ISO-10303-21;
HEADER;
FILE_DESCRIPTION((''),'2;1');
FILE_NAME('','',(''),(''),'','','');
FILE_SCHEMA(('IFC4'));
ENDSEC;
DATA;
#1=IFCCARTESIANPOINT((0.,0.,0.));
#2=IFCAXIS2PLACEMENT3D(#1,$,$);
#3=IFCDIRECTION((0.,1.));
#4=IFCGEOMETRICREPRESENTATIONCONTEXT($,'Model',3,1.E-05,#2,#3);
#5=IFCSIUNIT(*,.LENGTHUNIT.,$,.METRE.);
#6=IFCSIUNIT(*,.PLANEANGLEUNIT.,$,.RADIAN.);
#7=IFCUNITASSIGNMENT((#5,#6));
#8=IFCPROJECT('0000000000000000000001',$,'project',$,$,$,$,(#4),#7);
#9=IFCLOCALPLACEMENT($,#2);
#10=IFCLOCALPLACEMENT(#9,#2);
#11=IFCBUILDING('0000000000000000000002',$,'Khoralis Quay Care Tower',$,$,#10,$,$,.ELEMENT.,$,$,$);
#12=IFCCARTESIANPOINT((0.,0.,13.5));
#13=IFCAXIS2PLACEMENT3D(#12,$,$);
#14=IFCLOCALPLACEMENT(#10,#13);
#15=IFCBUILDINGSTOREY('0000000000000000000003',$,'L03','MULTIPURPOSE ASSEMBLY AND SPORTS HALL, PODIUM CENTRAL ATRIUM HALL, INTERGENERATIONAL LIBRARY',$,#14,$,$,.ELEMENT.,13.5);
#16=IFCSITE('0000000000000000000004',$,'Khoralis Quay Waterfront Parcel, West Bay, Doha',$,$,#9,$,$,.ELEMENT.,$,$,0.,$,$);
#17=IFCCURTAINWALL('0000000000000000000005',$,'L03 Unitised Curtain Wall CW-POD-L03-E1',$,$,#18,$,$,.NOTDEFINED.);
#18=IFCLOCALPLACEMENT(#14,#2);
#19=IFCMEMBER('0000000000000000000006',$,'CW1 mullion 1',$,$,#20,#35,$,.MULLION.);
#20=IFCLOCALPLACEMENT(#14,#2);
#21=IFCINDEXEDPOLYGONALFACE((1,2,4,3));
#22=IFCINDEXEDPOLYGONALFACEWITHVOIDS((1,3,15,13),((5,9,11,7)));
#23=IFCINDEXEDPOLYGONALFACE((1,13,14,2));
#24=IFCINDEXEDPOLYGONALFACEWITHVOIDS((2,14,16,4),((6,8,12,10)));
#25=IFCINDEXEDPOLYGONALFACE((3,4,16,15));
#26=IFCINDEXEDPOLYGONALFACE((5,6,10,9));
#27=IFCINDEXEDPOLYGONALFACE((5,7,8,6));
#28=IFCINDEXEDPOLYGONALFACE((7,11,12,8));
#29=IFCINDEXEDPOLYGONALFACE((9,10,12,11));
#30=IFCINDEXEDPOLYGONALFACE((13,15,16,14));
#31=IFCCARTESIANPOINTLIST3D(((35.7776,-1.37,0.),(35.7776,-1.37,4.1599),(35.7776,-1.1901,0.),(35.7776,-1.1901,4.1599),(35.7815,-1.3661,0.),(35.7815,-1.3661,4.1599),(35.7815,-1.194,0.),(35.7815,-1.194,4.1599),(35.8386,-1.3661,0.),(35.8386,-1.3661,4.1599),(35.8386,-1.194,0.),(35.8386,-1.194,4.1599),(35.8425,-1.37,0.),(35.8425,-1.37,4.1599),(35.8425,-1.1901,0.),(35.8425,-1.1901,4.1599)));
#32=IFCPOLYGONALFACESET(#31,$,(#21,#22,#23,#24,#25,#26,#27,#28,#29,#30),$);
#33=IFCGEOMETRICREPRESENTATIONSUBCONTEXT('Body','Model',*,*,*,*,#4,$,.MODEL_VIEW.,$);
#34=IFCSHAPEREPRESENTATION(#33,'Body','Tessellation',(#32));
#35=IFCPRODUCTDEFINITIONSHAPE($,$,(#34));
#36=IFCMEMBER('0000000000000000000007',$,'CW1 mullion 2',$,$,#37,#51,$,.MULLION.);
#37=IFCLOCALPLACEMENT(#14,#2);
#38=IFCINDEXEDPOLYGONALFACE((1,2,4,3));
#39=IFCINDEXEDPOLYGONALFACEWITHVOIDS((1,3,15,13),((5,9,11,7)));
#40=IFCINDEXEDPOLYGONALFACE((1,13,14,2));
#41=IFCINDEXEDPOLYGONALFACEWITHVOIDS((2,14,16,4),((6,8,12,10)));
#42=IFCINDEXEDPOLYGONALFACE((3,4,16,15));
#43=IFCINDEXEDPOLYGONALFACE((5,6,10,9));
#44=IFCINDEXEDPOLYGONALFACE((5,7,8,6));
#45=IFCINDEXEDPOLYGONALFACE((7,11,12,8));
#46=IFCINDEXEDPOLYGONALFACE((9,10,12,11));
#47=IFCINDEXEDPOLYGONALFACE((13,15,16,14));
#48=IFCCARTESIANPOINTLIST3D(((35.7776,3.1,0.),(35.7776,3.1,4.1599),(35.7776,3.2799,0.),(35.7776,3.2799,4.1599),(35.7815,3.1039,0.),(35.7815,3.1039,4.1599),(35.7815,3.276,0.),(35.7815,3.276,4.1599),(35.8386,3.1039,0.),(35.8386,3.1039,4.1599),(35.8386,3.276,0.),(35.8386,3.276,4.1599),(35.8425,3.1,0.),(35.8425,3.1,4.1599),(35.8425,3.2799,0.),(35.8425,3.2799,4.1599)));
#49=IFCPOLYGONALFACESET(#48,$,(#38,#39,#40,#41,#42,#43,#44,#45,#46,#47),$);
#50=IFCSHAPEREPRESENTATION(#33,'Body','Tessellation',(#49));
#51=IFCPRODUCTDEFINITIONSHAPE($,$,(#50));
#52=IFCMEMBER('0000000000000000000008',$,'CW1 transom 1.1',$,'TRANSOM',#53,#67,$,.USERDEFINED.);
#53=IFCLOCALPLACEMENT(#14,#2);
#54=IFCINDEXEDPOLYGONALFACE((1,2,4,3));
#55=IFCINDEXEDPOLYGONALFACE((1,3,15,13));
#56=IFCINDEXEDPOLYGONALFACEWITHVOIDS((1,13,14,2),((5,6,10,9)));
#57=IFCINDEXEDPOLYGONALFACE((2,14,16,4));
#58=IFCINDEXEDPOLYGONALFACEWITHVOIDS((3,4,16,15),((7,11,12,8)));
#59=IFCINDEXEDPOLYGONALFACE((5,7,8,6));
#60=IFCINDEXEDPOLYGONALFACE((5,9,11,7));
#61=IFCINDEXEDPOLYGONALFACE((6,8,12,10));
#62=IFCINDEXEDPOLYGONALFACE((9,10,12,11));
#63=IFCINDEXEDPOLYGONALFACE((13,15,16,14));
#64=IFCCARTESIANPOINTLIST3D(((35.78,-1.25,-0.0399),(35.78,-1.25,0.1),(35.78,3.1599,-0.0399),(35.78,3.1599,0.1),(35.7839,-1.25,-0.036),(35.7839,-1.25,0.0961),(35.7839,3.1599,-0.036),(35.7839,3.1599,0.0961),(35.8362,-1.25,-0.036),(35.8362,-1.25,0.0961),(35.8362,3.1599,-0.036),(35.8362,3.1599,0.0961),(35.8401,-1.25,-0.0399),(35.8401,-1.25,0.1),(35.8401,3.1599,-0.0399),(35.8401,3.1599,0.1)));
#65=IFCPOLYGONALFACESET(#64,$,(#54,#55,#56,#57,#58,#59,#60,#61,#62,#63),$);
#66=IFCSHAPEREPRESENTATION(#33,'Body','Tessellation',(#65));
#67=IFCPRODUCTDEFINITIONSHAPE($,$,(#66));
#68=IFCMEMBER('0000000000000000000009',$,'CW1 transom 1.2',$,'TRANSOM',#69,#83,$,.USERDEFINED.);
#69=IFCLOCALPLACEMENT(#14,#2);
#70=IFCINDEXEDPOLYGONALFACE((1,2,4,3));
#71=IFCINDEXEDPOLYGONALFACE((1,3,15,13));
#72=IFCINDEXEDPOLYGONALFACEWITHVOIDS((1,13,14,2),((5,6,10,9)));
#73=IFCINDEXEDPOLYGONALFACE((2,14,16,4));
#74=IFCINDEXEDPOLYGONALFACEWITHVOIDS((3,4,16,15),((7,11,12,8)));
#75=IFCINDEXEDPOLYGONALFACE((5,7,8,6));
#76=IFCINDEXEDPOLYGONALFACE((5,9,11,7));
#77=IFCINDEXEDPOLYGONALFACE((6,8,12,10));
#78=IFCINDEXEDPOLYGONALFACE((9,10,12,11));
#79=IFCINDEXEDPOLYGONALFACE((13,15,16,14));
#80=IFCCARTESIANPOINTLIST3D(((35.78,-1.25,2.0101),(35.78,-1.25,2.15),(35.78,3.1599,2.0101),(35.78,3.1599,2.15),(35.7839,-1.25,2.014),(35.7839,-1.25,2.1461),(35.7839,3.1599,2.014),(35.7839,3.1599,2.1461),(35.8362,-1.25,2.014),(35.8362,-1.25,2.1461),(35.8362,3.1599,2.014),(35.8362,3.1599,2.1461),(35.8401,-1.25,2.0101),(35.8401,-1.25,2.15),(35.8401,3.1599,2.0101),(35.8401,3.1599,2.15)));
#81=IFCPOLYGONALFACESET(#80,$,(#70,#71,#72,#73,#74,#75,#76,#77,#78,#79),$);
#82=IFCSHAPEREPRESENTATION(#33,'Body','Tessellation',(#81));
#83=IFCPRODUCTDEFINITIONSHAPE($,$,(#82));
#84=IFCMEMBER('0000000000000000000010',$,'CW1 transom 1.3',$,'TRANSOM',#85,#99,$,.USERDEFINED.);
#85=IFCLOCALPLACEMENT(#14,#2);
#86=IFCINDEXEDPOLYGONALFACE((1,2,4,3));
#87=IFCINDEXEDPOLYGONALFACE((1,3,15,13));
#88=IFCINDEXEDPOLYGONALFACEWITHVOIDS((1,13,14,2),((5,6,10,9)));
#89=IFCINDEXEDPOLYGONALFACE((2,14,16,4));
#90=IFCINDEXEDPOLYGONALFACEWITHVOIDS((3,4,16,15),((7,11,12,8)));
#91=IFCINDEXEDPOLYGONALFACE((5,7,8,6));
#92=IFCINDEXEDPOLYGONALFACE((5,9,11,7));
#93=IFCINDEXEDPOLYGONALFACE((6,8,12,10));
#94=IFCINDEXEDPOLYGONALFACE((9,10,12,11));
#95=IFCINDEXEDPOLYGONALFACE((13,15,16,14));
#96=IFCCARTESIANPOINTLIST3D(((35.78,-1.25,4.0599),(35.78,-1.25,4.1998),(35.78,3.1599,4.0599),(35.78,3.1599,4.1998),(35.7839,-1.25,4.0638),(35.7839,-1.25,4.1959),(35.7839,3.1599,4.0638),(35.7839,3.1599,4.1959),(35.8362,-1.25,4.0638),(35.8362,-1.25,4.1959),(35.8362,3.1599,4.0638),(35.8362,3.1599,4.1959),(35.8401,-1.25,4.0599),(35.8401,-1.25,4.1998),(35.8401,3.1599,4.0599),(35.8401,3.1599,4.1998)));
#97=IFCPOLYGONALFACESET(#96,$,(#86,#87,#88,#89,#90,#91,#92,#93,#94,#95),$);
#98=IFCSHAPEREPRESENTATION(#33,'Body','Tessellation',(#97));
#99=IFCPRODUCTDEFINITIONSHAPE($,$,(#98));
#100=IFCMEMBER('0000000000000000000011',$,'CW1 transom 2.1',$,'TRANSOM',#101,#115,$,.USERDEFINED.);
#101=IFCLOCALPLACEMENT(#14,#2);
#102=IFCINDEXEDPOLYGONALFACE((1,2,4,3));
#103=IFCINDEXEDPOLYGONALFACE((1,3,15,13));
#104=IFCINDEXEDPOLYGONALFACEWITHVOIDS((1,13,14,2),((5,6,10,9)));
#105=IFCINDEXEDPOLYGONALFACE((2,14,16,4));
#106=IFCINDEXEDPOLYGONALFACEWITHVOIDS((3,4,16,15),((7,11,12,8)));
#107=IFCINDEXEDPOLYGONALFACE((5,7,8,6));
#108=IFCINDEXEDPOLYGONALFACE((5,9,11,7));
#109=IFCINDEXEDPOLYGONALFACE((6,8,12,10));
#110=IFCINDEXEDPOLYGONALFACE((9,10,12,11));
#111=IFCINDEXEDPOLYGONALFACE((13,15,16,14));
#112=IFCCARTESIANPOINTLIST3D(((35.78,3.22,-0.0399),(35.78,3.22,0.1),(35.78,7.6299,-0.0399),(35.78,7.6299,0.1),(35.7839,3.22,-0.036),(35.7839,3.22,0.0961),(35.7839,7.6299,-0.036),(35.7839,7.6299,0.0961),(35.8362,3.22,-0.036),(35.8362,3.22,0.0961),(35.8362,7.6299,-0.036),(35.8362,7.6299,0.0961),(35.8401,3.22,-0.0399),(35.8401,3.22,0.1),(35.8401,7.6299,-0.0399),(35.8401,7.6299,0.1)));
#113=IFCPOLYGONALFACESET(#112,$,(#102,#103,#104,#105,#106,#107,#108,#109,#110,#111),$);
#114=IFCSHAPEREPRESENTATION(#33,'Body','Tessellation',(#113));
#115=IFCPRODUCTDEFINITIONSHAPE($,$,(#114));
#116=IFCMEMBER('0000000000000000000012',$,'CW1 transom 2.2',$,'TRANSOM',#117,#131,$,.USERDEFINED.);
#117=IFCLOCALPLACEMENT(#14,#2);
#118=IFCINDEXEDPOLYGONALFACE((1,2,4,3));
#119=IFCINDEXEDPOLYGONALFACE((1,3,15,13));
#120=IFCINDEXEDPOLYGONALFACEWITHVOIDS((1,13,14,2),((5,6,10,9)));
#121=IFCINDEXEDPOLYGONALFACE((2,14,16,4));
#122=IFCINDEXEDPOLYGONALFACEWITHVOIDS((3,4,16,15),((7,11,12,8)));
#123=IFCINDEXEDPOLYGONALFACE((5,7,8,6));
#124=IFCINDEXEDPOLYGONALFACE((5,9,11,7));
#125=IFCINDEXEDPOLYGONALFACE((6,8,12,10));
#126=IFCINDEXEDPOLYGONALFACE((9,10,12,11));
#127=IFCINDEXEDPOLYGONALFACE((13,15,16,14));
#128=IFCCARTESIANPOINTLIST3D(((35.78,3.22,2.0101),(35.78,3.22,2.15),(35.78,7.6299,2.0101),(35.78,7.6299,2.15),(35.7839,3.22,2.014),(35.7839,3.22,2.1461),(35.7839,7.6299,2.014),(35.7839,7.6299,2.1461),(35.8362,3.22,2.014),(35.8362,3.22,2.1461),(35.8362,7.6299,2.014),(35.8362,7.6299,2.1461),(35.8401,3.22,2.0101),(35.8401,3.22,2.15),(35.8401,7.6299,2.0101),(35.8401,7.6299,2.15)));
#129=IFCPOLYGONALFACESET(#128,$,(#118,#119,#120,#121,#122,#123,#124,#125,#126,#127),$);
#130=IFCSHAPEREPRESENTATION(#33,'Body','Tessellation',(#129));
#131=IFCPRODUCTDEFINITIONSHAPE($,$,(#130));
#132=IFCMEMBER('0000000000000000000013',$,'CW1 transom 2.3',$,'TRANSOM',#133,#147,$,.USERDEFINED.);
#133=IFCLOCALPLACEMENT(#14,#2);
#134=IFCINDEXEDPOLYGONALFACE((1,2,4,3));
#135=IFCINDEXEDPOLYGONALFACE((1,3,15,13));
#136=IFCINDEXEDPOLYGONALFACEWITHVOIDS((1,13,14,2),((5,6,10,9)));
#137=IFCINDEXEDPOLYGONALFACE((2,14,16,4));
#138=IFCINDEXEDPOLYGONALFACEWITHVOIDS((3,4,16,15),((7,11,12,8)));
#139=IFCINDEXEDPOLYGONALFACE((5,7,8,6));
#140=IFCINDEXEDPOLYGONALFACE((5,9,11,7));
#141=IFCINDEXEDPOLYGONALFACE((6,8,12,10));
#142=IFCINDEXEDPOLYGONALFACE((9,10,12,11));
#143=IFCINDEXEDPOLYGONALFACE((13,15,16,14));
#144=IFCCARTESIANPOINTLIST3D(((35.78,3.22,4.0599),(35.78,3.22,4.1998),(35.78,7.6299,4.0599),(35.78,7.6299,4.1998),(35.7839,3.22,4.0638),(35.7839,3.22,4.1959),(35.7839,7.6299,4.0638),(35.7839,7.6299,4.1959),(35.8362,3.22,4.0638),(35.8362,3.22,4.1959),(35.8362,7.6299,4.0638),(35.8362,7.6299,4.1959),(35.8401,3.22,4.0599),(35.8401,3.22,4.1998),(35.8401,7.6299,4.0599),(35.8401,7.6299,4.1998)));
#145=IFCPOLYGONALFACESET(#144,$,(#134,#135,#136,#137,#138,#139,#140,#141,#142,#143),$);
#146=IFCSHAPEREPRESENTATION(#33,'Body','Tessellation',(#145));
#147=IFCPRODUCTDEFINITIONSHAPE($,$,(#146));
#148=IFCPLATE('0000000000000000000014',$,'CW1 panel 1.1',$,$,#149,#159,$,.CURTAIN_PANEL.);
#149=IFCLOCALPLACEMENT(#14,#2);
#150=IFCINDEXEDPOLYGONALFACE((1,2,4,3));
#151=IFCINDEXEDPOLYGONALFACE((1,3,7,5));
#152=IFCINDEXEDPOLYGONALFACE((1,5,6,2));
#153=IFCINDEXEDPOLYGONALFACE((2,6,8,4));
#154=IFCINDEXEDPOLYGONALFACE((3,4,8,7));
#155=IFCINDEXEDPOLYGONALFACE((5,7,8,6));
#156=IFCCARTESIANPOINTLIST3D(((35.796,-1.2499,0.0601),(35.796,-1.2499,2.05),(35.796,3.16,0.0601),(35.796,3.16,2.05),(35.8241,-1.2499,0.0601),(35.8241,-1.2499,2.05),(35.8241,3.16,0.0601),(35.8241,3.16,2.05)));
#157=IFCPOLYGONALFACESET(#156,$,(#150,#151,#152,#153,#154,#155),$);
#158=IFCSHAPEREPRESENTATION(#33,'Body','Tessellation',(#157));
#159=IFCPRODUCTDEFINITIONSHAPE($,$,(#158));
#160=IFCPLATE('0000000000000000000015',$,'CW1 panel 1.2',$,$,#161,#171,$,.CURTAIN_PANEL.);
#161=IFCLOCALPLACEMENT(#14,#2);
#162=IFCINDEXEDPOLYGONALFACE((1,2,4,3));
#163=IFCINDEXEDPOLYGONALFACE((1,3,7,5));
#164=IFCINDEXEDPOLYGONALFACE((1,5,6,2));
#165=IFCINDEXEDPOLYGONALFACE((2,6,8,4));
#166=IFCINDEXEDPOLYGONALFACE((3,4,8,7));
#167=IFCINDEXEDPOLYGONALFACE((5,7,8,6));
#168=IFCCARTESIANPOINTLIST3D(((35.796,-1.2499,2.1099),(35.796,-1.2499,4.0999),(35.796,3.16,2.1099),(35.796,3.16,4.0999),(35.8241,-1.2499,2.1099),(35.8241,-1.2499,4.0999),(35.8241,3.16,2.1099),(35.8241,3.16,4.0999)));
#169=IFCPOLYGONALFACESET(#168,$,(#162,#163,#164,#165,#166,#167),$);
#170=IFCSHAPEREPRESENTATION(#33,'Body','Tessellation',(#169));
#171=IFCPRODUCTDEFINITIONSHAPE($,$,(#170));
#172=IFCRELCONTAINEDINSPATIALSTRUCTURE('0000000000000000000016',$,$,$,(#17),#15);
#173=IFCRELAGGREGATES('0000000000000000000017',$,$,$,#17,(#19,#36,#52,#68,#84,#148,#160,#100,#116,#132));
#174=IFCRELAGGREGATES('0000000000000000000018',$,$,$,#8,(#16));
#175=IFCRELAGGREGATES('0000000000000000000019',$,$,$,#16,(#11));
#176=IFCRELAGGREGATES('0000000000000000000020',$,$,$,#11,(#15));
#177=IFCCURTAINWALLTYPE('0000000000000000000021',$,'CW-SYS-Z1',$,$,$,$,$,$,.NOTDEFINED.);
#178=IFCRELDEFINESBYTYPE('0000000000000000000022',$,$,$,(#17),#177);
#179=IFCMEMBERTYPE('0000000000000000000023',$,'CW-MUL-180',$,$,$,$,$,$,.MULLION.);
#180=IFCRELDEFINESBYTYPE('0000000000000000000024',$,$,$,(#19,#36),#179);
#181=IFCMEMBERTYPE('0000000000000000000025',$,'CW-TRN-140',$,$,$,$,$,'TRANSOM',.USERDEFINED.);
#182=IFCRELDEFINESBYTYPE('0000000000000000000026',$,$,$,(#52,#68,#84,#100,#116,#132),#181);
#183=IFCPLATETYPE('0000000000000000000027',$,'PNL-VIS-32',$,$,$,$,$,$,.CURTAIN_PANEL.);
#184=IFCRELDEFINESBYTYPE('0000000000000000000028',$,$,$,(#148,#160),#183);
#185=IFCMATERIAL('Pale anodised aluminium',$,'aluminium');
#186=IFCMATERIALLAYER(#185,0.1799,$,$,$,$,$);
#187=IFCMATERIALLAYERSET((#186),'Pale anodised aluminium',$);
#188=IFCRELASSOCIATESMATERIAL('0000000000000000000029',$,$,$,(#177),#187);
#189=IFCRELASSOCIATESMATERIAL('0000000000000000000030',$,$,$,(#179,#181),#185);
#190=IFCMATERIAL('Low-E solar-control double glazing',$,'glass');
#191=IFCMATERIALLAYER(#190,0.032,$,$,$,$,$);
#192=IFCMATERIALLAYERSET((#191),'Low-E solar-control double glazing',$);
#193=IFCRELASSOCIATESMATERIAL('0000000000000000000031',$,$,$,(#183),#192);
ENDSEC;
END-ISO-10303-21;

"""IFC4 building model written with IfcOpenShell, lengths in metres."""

from ifc_helpers import new_model, si_unit, direction, frame, origin, origin_2d, place, context, subcontext, project, spatial, rectangle, hollow_rectangle, extrude, source, transform, mapped, material, layer, layer_set, material_profile, profile_set, type_object, element, aggregate, save


model = new_model("IFC4")

# Units and contexts
model_context = context("Model", 3, precision=1e-05, world=origin(), true_north=direction((0.0, 1.0)))
body_context = subcontext(model_context, "Body", "Model", "MODEL_VIEW")
ifc_project = project(units=[si_unit("LENGTHUNIT", "METRE"), si_unit("PLANEANGLEUNIT", "RADIAN")], contexts=[model_context])

# Site, building, storey
site_placement = place(None, origin())
site = spatial("IfcSite", under=ifc_project, at=site_placement, Name="Khoralis Quay Waterfront Parcel, West Bay, Doha", CompositionType="ELEMENT", RefElevation=0.0)
building_placement = place(site_placement, origin())
building = spatial("IfcBuilding", under=site, at=building_placement, Name="Khoralis Quay Care Tower", CompositionType="ELEMENT")
storey_placement = place(building_placement, frame((0.0, 0.0, 13.5)))
storey = spatial("IfcBuildingStorey", under=building, at=storey_placement, Name="L03", Description="MULTIPURPOSE ASSEMBLY AND SPORTS HALL, PODIUM CENTRAL ATRIUM HALL, INTERGENERATIONAL LIBRARY", CompositionType="ELEMENT", Elevation=13.5)

# Curtain wall, members, plates
ifc_material_1 = material(Name="Pale anodised aluminium", Category="aluminium")
ifc_layer_1 = layer(ifc_material_1, 0.1799)
ifc_layer_set_1 = layer_set([ifc_layer_1], Name="Pale anodised aluminium")
curtain_wall_type = type_object("IfcCurtainWallType", Name="CW-SYS-Z1", PredefinedType="NOTDEFINED", material=ifc_layer_set_1)
curtain_wall_placement = place(storey_placement, origin())
curtain_wall = element("IfcCurtainWall", 1, at=curtain_wall_placement, inside=storey, type_object=curtain_wall_type, Name="L03 Unitised Curtain Wall CW-POD-L03-E1", PredefinedType="NOTDEFINED")
ifc_material_profile_1 = material_profile(ifc_material_1, hollow_rectangle(XDim=0.0649, YDim=0.1799, WallThickness=0.0039, at=origin_2d()), Name="Pale anodised aluminium")
ifc_profile_set_1 = profile_set([ifc_material_profile_1], Name="Pale anodised aluminium")
member_type_1 = type_object("IfcMemberType", Name="CW-MUL-180", PredefinedType="MULLION", material=ifc_profile_set_1)
shared_shape_1 = source(origin(), body_context, "Body", "SweptSolid", [
    extrude(hollow_rectangle(XDim=0.0649, YDim=0.1799, WallThickness=0.0039, at=origin_2d()), origin(), (0.0, 0.0, 1.0), 4.1599),
])
member_1_placement = place(storey_placement, frame((35.8101, -1.28, 0.0), z_axis=(0.0, 0.0, 1.0), x_axis=(-1.0, 0.0, 0.0)))
member_1 = element("IfcMember", 2, at=member_1_placement, type_object=member_type_1, Name="CW1 mullion 1", PredefinedType="MULLION", context=body_context, shape_type="MappedRepresentation", body=[
    mapped(shared_shape_1, transform((0.0, 0.0, 0.0), scale=1.0)),
])
member_2_placement = place(storey_placement, frame((35.8101, 3.1899, 0.0), z_axis=(0.0, 0.0, 1.0), x_axis=(-1.0, 0.0, 0.0)))
member_2 = element("IfcMember", 3, at=member_2_placement, type_object=member_type_1, Name="CW1 mullion 2", PredefinedType="MULLION", context=body_context, shape_type="MappedRepresentation", body=[
    mapped(shared_shape_1, transform((0.0, 0.0, 0.0), scale=1.0)),
])
ifc_material_profile_2 = material_profile(ifc_material_1, hollow_rectangle(XDim=0.0601, YDim=0.1399, WallThickness=0.0039, at=origin_2d()), Name="Pale anodised aluminium")
ifc_profile_set_2 = profile_set([ifc_material_profile_2], Name="Pale anodised aluminium")
member_type_2 = type_object("IfcMemberType", Name="CW-TRN-140", ElementType="TRANSOM", PredefinedType="USERDEFINED", material=ifc_profile_set_2)
shared_shape_2 = source(origin(), body_context, "Body", "SweptSolid", [
    extrude(hollow_rectangle(XDim=0.0601, YDim=0.1399, WallThickness=0.0039, at=origin_2d()), origin(), (0.0, 0.0, 1.0), 4.4099),
])
member_3_placement = place(storey_placement, frame((35.8101, -1.25, 0.03), z_axis=(0.0, 1.0, 0.0), x_axis=(-1.0, 0.0, 0.0)))
member_3 = element("IfcMember", 4, at=member_3_placement, type_object=member_type_2, Name="CW1 transom 1.1", ObjectType="TRANSOM", PredefinedType="USERDEFINED", context=body_context, shape_type="MappedRepresentation", body=[
    mapped(shared_shape_2, transform((0.0, 0.0, 0.0), scale=1.0)),
])
member_4_placement = place(storey_placement, frame((35.8101, -1.25, 2.0801), z_axis=(0.0, 1.0, 0.0), x_axis=(-1.0, 0.0, 0.0)))
member_4 = element("IfcMember", 5, at=member_4_placement, type_object=member_type_2, Name="CW1 transom 1.2", ObjectType="TRANSOM", PredefinedType="USERDEFINED", context=body_context, shape_type="MappedRepresentation", body=[
    mapped(shared_shape_2, transform((0.0, 0.0, 0.0), scale=1.0)),
])
member_5_placement = place(storey_placement, frame((35.8101, -1.25, 4.1299), z_axis=(0.0, 1.0, 0.0), x_axis=(-1.0, 0.0, 0.0)))
member_5 = element("IfcMember", 6, at=member_5_placement, type_object=member_type_2, Name="CW1 transom 1.3", ObjectType="TRANSOM", PredefinedType="USERDEFINED", context=body_context, shape_type="MappedRepresentation", body=[
    mapped(shared_shape_2, transform((0.0, 0.0, 0.0), scale=1.0)),
])
member_6_placement = place(storey_placement, frame((35.8101, 3.22, 0.03), z_axis=(0.0, 1.0, 0.0), x_axis=(-1.0, 0.0, 0.0)))
member_6 = element("IfcMember", 7, at=member_6_placement, type_object=member_type_2, Name="CW1 transom 2.1", ObjectType="TRANSOM", PredefinedType="USERDEFINED", context=body_context, shape_type="MappedRepresentation", body=[
    mapped(shared_shape_2, transform((0.0, 0.0, 0.0), scale=1.0)),
])
member_7_placement = place(storey_placement, frame((35.8101, 3.22, 2.0801), z_axis=(0.0, 1.0, 0.0), x_axis=(-1.0, 0.0, 0.0)))
member_7 = element("IfcMember", 8, at=member_7_placement, type_object=member_type_2, Name="CW1 transom 2.2", ObjectType="TRANSOM", PredefinedType="USERDEFINED", context=body_context, shape_type="MappedRepresentation", body=[
    mapped(shared_shape_2, transform((0.0, 0.0, 0.0), scale=1.0)),
])
member_8_placement = place(storey_placement, frame((35.8101, 3.22, 4.1299), z_axis=(0.0, 1.0, 0.0), x_axis=(-1.0, 0.0, 0.0)))
member_8 = element("IfcMember", 9, at=member_8_placement, type_object=member_type_2, Name="CW1 transom 2.3", ObjectType="TRANSOM", PredefinedType="USERDEFINED", context=body_context, shape_type="MappedRepresentation", body=[
    mapped(shared_shape_2, transform((0.0, 0.0, 0.0), scale=1.0)),
])
ifc_material_2 = material(Name="Low-E solar-control double glazing", Category="glass")
ifc_layer_2 = layer(ifc_material_2, 0.032)
ifc_layer_set_2 = layer_set([ifc_layer_2], Name="Low-E solar-control double glazing")
plate_type = type_object("IfcPlateType", Name="PNL-VIS-32", PredefinedType="CURTAIN_PANEL", material=ifc_layer_set_2)
shared_shape_3 = source(origin(), body_context, "Body", "SweptSolid", [
    extrude(rectangle(XDim=4.4099, YDim=0.0281, at=origin_2d()), origin(), (0.0, 0.0, 1.0), 1.99),
])
plate_1_placement = place(storey_placement, frame((35.8101, 0.9551, 0.0601), z_axis=(0.0, 0.0, 1.0), x_axis=(0.0, 1.0, 0.0)))
plate_1 = element("IfcPlate", 10, at=plate_1_placement, type_object=plate_type, Name="CW1 panel 1.1", PredefinedType="CURTAIN_PANEL", context=body_context, shape_type="MappedRepresentation", body=[
    mapped(shared_shape_3, transform((0.0, 0.0, 0.0), scale=1.0)),
])
plate_2_placement = place(storey_placement, frame((35.8101, 0.9551, 2.1099), z_axis=(0.0, 0.0, 1.0), x_axis=(0.0, 1.0, 0.0)))
plate_2 = element("IfcPlate", 11, at=plate_2_placement, type_object=plate_type, Name="CW1 panel 1.2", PredefinedType="CURTAIN_PANEL", context=body_context, shape_type="MappedRepresentation", body=[
    mapped(shared_shape_3, transform((0.0, 0.0, 0.0), scale=1.0)),
])
aggregate(curtain_wall, [member_1, member_2, member_3, member_4, member_5, plate_1, plate_2, member_6, member_7, member_8])

save(model, "model.ifc")
